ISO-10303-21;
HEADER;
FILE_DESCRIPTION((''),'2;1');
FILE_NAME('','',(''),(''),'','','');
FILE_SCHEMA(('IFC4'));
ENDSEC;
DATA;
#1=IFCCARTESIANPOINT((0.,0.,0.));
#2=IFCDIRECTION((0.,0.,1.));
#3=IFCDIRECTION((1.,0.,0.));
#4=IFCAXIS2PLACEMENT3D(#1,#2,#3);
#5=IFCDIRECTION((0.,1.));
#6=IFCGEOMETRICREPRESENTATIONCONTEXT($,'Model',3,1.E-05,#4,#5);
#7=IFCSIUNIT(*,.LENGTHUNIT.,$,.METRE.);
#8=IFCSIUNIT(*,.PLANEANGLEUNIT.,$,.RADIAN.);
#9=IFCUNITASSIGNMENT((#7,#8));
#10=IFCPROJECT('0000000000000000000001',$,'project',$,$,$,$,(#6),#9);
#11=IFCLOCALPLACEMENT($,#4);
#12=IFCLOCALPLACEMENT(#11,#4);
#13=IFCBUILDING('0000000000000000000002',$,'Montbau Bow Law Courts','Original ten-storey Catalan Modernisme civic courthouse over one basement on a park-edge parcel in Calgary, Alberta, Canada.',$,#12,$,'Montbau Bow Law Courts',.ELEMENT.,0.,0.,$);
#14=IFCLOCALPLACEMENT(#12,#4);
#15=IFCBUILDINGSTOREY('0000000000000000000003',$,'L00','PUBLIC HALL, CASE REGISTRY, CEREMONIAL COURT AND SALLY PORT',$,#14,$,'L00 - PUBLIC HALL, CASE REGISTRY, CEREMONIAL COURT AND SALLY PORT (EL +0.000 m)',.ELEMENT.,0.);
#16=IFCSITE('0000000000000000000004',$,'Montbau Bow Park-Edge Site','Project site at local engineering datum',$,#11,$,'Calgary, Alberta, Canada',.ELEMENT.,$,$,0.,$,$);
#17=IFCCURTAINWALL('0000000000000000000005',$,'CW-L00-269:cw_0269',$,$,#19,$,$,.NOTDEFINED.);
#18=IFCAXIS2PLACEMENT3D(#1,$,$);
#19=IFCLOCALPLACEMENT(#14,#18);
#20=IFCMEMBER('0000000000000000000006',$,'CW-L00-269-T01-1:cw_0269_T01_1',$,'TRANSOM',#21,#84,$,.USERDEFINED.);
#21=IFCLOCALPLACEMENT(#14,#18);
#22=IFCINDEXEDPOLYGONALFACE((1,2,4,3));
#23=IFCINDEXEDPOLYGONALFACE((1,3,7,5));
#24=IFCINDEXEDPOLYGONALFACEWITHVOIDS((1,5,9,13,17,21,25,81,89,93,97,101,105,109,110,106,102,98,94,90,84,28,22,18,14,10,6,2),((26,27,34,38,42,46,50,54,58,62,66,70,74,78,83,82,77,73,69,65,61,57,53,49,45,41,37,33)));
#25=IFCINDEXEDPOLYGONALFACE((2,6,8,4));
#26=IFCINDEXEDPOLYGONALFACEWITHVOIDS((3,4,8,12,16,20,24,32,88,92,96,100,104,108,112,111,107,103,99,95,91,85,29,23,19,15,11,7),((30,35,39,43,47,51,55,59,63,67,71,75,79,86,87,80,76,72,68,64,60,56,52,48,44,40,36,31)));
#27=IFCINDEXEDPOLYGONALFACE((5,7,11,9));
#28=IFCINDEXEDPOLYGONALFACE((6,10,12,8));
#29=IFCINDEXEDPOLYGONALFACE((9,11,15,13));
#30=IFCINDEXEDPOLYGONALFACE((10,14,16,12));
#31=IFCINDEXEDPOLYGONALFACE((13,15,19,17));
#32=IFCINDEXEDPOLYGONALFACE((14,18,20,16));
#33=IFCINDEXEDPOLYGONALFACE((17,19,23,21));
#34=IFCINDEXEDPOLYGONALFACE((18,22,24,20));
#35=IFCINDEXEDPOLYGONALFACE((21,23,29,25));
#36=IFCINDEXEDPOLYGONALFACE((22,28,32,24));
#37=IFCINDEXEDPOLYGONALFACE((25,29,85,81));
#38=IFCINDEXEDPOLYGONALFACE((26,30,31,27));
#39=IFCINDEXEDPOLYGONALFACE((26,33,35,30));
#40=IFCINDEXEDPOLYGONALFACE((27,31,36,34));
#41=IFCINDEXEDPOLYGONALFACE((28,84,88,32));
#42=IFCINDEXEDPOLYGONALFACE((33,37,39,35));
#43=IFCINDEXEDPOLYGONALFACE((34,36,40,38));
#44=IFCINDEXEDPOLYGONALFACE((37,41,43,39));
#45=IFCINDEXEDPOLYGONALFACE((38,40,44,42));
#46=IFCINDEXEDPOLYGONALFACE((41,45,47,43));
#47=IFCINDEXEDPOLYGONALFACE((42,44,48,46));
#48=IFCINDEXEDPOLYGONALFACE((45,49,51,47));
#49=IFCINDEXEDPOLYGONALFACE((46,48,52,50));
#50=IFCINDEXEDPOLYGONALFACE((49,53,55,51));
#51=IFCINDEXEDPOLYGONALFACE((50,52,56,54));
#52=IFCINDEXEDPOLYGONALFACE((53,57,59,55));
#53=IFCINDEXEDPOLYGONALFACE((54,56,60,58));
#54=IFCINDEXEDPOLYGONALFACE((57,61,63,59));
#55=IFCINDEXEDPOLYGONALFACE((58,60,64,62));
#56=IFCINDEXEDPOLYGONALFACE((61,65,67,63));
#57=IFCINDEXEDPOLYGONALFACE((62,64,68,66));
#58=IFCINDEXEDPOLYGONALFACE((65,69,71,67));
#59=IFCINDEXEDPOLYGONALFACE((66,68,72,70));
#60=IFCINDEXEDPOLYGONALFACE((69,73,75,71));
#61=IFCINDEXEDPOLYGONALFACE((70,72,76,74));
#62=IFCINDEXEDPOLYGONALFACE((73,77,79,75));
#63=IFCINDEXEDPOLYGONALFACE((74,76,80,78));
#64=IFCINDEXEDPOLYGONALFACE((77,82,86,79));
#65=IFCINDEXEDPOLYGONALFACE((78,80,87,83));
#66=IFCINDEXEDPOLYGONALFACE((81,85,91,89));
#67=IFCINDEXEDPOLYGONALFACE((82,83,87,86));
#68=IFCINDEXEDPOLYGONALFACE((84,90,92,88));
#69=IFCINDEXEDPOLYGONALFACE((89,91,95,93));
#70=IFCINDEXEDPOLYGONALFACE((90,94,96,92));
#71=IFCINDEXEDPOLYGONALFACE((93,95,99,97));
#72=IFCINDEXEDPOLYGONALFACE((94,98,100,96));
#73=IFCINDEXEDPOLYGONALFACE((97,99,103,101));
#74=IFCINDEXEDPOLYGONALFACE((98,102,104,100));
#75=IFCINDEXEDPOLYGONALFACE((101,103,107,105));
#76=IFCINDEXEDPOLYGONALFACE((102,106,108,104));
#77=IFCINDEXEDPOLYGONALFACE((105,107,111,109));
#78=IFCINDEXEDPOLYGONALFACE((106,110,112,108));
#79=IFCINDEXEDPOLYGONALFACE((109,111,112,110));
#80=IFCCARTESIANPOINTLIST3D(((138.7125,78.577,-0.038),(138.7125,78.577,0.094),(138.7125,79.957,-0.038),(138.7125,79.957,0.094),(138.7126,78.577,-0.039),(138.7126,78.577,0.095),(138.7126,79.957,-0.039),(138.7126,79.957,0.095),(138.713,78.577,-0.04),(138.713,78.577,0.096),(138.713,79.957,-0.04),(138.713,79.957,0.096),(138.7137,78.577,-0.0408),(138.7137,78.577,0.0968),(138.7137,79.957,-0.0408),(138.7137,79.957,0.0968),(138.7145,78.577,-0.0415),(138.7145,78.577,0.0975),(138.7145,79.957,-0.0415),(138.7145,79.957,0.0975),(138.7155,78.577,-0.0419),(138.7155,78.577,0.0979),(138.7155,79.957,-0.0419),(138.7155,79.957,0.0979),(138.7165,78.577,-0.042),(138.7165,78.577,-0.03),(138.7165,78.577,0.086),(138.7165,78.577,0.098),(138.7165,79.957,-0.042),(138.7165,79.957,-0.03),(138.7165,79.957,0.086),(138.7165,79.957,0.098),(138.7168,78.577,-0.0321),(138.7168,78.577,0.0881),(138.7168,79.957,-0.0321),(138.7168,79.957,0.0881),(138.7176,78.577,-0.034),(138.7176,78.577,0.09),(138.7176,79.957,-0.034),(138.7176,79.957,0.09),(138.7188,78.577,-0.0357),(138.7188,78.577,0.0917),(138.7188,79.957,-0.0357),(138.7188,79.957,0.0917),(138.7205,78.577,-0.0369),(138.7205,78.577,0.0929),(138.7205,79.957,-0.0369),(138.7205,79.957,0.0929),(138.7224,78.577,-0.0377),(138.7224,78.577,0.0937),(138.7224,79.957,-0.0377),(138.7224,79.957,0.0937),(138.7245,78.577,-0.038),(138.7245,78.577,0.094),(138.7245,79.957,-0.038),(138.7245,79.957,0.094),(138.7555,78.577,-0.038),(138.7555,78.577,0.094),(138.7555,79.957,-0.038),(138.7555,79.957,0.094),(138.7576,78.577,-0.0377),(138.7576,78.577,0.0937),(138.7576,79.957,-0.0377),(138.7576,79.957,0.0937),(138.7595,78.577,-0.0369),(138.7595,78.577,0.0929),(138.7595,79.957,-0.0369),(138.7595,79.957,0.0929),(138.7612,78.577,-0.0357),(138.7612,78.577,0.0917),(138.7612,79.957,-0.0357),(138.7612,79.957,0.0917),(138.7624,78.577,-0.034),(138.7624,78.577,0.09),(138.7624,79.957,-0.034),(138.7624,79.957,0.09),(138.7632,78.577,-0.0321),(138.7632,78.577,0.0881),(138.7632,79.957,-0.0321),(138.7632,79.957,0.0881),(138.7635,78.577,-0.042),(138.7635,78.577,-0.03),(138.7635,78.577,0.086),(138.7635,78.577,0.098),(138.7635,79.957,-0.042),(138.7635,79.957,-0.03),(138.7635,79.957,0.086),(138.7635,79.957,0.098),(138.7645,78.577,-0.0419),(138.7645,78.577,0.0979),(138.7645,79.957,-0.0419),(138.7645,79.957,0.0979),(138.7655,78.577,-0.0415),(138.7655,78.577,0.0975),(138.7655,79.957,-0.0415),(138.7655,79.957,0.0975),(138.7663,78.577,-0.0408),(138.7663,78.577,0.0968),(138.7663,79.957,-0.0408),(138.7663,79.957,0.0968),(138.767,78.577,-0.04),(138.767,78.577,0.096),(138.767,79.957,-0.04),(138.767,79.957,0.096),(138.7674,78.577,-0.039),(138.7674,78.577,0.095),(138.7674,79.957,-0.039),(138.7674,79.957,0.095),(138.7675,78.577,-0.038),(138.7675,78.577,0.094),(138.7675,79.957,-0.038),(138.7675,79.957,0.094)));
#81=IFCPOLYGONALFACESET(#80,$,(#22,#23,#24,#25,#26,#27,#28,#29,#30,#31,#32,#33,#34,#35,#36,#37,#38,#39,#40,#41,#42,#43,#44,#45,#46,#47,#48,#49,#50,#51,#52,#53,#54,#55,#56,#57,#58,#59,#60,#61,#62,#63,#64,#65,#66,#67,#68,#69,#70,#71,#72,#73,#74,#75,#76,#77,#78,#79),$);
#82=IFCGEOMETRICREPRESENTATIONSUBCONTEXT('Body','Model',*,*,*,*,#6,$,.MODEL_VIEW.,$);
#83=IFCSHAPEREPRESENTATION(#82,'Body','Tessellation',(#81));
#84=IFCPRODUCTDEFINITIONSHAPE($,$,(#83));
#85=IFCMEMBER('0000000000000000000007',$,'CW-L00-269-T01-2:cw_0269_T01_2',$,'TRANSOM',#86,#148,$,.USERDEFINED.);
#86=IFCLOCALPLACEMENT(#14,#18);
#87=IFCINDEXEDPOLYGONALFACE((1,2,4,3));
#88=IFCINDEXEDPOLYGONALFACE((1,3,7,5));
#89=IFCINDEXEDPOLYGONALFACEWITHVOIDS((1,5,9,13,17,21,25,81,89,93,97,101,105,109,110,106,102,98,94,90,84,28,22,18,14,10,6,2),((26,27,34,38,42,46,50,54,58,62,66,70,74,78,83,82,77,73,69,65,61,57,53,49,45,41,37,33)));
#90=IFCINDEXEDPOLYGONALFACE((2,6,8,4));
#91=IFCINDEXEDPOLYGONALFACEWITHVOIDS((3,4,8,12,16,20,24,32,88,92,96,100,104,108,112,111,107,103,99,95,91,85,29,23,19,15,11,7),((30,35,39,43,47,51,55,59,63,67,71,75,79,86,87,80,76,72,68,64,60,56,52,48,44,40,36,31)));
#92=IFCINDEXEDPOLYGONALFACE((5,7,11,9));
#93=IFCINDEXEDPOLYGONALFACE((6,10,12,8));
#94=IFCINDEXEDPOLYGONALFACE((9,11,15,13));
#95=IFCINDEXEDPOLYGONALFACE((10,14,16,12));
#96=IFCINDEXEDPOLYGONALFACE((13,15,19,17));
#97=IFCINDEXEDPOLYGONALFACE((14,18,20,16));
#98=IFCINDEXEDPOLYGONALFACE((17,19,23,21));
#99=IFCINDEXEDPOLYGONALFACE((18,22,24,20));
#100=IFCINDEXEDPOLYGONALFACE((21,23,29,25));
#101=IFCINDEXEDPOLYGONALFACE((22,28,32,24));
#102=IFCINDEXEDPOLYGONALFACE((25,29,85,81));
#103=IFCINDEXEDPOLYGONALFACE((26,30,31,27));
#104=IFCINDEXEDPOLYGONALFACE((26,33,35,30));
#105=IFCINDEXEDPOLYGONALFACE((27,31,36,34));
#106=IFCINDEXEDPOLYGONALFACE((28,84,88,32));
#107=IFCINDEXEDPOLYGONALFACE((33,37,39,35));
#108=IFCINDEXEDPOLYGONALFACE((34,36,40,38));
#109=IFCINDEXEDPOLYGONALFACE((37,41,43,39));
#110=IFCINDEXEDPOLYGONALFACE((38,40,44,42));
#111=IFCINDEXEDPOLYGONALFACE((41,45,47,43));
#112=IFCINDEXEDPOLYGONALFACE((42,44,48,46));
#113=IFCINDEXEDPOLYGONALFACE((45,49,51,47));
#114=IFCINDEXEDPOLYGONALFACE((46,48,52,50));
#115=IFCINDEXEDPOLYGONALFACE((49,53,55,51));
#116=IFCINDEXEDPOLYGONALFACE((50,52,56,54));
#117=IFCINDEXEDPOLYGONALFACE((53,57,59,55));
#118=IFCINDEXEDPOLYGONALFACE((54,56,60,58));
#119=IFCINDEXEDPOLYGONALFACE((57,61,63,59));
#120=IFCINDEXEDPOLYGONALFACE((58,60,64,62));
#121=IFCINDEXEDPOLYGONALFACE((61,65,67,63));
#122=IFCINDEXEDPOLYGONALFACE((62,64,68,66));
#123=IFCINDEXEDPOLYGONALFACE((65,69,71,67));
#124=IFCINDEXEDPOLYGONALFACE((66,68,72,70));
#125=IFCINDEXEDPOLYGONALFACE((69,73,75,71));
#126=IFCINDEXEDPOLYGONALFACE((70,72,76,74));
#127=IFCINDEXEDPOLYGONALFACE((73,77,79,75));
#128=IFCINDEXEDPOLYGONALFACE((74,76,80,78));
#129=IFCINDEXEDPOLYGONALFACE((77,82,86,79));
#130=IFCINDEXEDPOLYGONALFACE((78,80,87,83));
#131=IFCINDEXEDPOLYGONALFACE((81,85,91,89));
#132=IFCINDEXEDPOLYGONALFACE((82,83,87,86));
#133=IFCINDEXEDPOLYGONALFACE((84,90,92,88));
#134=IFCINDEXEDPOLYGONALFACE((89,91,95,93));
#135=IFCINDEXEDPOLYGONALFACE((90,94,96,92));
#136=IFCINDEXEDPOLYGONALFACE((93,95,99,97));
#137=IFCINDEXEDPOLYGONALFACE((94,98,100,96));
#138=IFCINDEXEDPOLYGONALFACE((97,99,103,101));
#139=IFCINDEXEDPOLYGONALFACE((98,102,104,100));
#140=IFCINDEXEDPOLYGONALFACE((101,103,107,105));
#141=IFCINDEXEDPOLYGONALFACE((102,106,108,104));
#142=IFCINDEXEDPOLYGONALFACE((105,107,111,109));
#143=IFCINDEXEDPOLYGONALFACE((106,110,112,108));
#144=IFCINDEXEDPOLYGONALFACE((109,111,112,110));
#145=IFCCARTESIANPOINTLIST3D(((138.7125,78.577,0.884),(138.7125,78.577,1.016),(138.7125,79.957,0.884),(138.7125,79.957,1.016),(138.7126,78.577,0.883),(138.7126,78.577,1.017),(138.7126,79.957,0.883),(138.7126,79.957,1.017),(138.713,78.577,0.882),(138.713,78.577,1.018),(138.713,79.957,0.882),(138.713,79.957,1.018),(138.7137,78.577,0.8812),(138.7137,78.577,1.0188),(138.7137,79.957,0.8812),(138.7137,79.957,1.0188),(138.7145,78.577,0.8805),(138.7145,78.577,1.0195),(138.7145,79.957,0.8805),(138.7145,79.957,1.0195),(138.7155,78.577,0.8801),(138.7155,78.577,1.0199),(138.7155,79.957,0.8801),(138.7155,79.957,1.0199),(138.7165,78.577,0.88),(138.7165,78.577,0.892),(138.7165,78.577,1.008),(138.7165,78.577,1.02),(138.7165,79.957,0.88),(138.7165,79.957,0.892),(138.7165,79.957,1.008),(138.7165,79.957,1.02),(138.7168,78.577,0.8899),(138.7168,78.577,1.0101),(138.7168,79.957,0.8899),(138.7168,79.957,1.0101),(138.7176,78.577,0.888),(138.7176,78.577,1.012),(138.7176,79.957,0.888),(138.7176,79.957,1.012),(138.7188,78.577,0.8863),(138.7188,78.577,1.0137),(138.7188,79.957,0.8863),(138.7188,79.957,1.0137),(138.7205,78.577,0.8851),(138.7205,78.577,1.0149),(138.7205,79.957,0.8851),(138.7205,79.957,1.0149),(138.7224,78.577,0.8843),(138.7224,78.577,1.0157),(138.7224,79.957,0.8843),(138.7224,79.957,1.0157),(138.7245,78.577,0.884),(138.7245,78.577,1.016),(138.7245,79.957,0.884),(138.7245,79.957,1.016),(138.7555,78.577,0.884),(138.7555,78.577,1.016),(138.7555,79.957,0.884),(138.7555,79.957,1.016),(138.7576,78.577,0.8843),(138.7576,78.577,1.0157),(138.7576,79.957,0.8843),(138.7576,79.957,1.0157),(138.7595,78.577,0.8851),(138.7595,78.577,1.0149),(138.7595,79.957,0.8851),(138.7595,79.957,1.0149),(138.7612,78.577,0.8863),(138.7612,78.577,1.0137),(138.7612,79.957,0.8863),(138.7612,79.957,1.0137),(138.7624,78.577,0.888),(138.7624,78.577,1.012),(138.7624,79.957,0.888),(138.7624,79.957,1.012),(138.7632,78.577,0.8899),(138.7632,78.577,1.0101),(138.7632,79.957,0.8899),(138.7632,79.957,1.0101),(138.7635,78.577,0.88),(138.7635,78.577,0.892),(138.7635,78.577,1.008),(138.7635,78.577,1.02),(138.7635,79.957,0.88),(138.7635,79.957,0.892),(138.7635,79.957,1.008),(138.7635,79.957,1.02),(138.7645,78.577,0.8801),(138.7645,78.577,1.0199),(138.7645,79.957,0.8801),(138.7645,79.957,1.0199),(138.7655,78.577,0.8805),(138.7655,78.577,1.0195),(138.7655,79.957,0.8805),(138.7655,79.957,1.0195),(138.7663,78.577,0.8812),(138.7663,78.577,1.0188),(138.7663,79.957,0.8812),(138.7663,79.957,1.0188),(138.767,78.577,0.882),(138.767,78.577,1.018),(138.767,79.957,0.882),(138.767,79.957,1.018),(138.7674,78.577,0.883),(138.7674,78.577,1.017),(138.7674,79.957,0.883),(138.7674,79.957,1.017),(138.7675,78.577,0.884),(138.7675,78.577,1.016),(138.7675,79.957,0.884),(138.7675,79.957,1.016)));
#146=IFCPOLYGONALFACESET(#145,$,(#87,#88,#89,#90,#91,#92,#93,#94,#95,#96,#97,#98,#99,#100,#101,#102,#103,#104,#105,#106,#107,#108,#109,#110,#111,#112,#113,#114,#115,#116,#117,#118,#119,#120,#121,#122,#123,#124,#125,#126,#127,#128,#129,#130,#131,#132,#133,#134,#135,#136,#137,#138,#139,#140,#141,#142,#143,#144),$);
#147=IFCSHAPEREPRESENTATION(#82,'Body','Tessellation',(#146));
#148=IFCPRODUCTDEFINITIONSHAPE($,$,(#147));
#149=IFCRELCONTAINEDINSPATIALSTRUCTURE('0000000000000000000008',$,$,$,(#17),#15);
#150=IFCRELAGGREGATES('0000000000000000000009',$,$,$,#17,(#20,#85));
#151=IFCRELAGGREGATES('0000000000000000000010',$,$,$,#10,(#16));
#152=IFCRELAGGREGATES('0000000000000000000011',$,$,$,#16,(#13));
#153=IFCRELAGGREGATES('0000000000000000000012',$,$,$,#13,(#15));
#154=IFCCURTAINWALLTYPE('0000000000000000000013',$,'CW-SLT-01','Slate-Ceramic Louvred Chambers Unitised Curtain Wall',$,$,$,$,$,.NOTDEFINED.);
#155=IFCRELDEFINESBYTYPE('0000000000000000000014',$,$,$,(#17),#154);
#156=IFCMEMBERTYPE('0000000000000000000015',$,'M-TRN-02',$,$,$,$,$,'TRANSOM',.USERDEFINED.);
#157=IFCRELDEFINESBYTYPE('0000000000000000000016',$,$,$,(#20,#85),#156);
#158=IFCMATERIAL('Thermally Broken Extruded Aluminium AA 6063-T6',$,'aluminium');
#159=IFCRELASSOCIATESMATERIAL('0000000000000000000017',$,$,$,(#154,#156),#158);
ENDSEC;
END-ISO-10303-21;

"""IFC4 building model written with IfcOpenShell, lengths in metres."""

from ifc_helpers import new_model, si_unit, direction, frame, origin_with_axes, origin_2d_with_axis, place, context, subcontext, project, spatial, hollow_rectangle, extrude, material, material_profile, profile_set, type_object, element, aggregate, save


model = new_model("IFC4")

# Units and contexts
model_context = context("Model", 3, precision=1e-05, world=origin_with_axes(), true_north=direction((0.0, 1.0)))
body_context = subcontext(model_context, "Body", "Model", "MODEL_VIEW")
ifc_project = project(units=[si_unit("LENGTHUNIT", "METRE"), si_unit("PLANEANGLEUNIT", "RADIAN")], contexts=[model_context])

# Site, building, storey
site_placement = place(None, origin_with_axes())
site = spatial("IfcSite", under=ifc_project, at=site_placement, Name="Montbau Bow Park-Edge Site", Description="Project site at local engineering datum", LongName="Calgary, Alberta, Canada", CompositionType="ELEMENT", RefElevation=0.0)
building_placement = place(site_placement, origin_with_axes())
building = spatial("IfcBuilding", under=site, at=building_placement, Name="Montbau Bow Law Courts", Description="Original ten-storey Catalan Modernisme civic courthouse over one basement on a park-edge parcel in Calgary, Alberta, Canada.", LongName="Montbau Bow Law Courts", CompositionType="ELEMENT", ElevationOfRefHeight=0.0, ElevationOfTerrain=0.0)
storey_placement = place(building_placement, origin_with_axes())
storey = spatial("IfcBuildingStorey", under=building, at=storey_placement, Name="L00", Description="PUBLIC HALL, CASE REGISTRY, CEREMONIAL COURT AND SALLY PORT", LongName="L00 - PUBLIC HALL, CASE REGISTRY, CEREMONIAL COURT AND SALLY PORT (EL +0.000 m)", CompositionType="ELEMENT", Elevation=0.0)

# Shared definitions
ifc_material_1 = material(Name="Thermally Broken Extruded Aluminium AA 6063-T6", Category="aluminium")
curtain_wall_type = type_object("IfcCurtainWallType", Name="CW-SLT-01", Description="Slate-Ceramic Louvred Chambers Unitised Curtain Wall", PredefinedType="NOTDEFINED", material=ifc_material_1)

# Curtain wall
curtain_wall_1_placement = place(None, frame((138.74, 78.515, 0.0), z_axis=(0.0, 0.0, 1.0), x_axis=(1.0, 0.0, 0.0)))
curtain_wall_1 = element("IfcCurtainWall", 1, at=curtain_wall_1_placement, inside=storey, type_object=curtain_wall_type, Name="CW-L00-269:cw_0269", PredefinedType="NOTDEFINED")

# Members
ifc_material_profile_1 = material_profile(ifc_material_1, hollow_rectangle(XDim=0.055, YDim=0.14, WallThickness=0.004, InnerFilletRadius=0.008, OuterFilletRadius=0.004, at=origin_2d_with_axis()), Name="CWT-140X55", Category="Main", Priority=0)
ifc_profile_set_1 = profile_set([ifc_material_profile_1], Name="Thermally Broken Extruded Aluminium AA 6063-T6")
member_type_1 = type_object("IfcMemberType", Name="M-TRN-02", ElementType="TRANSOM", PredefinedType="USERDEFINED", material=ifc_profile_set_1)
member_1_placement = place(None, frame((138.74, 78.577, 0.028), z_axis=(0.0, 1.0, 0.0), x_axis=(-1.0, 0.0, 0.0)))
member_1 = element("IfcMember", 2, at=member_1_placement, type_object=member_type_1, Name="CW-L00-269-T01-1:cw_0269_T01_1", ObjectType="TRANSOM", PredefinedType="USERDEFINED", context=body_context, shape_type="SweptSolid", body=[
    extrude(hollow_rectangle(XDim=0.055, YDim=0.14, WallThickness=0.004, InnerFilletRadius=0.008, OuterFilletRadius=0.004, at=origin_2d_with_axis()), origin_with_axes(), (0.0, 0.0, 1.0), 1.38),
])
member_2_placement = place(None, frame((138.74, 78.577, 0.95), z_axis=(0.0, 1.0, 0.0), x_axis=(-1.0, 0.0, 0.0)))
member_2 = element("IfcMember", 3, at=member_2_placement, type_object=member_type_1, Name="CW-L00-269-T01-2:cw_0269_T01_2", ObjectType="TRANSOM", PredefinedType="USERDEFINED", context=body_context, shape_type="SweptSolid", body=[
    extrude(hollow_rectangle(XDim=0.055, YDim=0.14, WallThickness=0.004, InnerFilletRadius=0.008, OuterFilletRadius=0.004, at=origin_2d_with_axis()), origin_with_axes(), (0.0, 0.0, 1.0), 1.38),
])

aggregate(curtain_wall_1, [member_1, member_2])

save(model, "model.ifc")
